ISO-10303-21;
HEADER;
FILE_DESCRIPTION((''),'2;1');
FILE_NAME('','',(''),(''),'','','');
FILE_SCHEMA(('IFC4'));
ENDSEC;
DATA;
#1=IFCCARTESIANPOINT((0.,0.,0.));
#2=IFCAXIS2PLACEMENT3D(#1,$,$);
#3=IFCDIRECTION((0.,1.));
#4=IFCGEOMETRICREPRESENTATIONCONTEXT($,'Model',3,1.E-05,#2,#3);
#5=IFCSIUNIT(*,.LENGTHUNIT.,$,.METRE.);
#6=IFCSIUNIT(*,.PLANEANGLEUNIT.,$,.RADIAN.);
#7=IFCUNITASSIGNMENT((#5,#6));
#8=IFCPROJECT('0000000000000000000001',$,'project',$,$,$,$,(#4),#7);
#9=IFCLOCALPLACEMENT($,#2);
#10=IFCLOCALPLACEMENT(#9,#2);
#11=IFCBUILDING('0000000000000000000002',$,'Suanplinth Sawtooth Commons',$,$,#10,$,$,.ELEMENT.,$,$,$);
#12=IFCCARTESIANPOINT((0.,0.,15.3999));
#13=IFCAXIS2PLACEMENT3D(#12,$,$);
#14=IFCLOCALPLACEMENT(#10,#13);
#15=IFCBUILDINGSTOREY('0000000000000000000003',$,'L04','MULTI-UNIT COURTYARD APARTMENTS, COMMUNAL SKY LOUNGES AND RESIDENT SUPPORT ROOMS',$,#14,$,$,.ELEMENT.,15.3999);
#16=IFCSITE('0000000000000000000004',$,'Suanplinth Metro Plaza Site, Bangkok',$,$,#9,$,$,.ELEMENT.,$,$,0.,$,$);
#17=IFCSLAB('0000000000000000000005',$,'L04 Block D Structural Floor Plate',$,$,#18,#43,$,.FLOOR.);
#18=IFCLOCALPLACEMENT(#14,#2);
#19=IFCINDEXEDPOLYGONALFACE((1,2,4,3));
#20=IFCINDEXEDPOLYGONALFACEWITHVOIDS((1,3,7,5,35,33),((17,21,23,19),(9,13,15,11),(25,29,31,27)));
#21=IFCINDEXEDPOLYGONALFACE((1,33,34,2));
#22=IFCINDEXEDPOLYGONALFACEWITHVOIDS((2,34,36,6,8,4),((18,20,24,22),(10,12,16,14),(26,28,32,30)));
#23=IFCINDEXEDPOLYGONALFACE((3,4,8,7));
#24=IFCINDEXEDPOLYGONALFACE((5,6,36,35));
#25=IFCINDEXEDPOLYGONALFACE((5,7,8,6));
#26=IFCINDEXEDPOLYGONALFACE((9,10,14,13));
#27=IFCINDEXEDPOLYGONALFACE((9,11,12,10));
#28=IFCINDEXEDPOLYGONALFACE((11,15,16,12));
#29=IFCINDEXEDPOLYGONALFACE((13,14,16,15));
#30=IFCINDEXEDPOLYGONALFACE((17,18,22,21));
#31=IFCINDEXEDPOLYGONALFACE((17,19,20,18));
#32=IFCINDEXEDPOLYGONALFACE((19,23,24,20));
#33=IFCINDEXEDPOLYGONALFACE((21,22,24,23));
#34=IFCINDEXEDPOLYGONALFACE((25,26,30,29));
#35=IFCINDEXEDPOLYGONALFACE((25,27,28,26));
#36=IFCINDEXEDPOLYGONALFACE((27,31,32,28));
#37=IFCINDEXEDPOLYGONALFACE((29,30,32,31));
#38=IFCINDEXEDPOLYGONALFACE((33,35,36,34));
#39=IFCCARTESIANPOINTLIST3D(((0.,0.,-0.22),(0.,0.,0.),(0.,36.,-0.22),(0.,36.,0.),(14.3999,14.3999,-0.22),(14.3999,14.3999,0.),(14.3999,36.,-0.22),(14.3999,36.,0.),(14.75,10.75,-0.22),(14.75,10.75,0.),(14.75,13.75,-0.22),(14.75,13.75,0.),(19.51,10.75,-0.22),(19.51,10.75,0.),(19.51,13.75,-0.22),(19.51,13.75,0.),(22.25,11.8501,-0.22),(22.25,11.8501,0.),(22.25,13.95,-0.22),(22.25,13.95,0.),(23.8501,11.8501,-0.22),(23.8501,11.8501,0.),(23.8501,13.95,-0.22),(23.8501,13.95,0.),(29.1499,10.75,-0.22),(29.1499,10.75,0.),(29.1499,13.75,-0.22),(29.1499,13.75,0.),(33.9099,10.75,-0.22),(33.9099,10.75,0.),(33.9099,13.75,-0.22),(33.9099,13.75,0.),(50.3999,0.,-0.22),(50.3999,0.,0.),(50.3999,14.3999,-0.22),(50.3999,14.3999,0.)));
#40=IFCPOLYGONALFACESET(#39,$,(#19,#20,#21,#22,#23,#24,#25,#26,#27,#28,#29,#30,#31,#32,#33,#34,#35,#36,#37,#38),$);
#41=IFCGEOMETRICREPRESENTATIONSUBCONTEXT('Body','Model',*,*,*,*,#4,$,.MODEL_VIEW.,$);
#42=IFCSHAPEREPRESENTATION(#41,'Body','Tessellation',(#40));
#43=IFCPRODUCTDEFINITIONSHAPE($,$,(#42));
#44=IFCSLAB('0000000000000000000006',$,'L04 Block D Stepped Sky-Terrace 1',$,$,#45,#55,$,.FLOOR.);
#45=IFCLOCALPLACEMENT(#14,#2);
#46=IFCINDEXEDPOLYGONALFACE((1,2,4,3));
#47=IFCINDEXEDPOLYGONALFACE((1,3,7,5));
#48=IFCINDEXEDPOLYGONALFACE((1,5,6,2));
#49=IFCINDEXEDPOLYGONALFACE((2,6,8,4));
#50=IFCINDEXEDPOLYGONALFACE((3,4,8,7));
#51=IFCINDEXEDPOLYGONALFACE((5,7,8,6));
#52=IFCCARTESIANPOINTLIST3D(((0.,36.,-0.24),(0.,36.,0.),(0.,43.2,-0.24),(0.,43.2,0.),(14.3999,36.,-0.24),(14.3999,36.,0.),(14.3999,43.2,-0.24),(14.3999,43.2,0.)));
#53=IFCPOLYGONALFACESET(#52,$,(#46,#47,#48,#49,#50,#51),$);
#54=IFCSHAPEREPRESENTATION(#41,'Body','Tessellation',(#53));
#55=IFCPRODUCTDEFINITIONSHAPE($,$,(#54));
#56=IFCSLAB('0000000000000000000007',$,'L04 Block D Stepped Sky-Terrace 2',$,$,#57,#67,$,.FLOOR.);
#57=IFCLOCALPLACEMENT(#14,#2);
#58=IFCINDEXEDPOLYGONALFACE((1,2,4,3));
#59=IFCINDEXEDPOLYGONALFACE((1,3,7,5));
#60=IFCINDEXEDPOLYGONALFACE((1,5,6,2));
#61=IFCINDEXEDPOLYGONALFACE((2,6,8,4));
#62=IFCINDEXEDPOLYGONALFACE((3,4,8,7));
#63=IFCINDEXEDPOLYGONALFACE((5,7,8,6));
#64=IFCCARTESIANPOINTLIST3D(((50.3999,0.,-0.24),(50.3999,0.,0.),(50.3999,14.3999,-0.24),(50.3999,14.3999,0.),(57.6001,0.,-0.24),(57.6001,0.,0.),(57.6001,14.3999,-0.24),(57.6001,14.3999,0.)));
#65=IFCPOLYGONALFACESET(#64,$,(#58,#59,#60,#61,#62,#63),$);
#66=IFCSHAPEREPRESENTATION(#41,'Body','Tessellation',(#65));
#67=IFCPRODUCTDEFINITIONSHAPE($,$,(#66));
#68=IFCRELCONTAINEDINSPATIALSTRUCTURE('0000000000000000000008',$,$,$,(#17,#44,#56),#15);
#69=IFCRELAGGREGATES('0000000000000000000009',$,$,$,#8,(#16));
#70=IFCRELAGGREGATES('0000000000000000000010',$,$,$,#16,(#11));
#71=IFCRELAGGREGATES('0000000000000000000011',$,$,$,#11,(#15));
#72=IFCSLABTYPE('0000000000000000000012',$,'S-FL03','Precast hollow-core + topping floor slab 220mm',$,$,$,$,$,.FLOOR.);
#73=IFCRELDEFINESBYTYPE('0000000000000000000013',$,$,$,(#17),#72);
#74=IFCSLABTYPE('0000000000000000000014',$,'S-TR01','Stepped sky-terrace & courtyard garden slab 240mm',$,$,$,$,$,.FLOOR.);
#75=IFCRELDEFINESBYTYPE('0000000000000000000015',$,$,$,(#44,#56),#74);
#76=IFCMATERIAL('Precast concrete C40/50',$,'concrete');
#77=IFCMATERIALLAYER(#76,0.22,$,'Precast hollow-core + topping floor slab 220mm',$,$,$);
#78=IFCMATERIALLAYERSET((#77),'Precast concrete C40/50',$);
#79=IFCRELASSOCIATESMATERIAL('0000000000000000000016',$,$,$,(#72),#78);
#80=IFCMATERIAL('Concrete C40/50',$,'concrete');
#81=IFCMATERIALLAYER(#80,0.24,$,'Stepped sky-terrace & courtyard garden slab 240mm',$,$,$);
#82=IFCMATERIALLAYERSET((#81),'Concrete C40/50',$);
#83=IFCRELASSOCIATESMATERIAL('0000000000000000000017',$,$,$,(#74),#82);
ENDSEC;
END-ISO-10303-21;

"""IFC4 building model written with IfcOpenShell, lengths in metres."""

from ifc_helpers import new_model, si_unit, direction, frame, origin, place, context, subcontext, project, spatial, polyline, outline, extrude, material, layer, layer_set, type_object, element, save


model = new_model("IFC4")

# Units and contexts
model_context = context("Model", 3, precision=1e-05, world=origin(), true_north=direction((0.0, 1.0)))
body_context = subcontext(model_context, "Body", "Model", "MODEL_VIEW")
ifc_project = project(units=[si_unit("LENGTHUNIT", "METRE"), si_unit("PLANEANGLEUNIT", "RADIAN")], contexts=[model_context])

# Site, building, storey
site_placement = place(None, origin())
site = spatial("IfcSite", under=ifc_project, at=site_placement, Name="Suanplinth Metro Plaza Site, Bangkok", CompositionType="ELEMENT", RefElevation=0.0)
building_placement = place(site_placement, origin())
building = spatial("IfcBuilding", under=site, at=building_placement, Name="Suanplinth Sawtooth Commons", CompositionType="ELEMENT")
storey_placement = place(building_placement, frame((0.0, 0.0, 15.3999)))
storey = spatial("IfcBuildingStorey", under=building, at=storey_placement, Name="L04", Description="MULTI-UNIT COURTYARD APARTMENTS, COMMUNAL SKY LOUNGES AND RESIDENT SUPPORT ROOMS", CompositionType="ELEMENT", Elevation=15.3999)

# Shared definitions
ifc_material_1 = material(Name="Precast concrete C40/50", Category="concrete")

# Slabs
ifc_layer_1 = layer(ifc_material_1, 0.22, Name="Precast hollow-core + topping floor slab 220mm")
ifc_layer_set_1 = layer_set([ifc_layer_1], Name="Precast concrete C40/50")
slab_type_1 = type_object("IfcSlabType", Name="S-FL03", Description="Precast hollow-core + topping floor slab 220mm", PredefinedType="FLOOR", material=ifc_layer_set_1)
slab_1_placement = place(storey_placement, frame((0.0, 0.0, -0.22)))
element("IfcSlab", 1, at=slab_1_placement, inside=storey, type_object=slab_type_1, Name="L04 Block D Structural Floor Plate", PredefinedType="FLOOR", context=body_context, shape_type="SweptSolid", body=[
    extrude(outline(polyline([(0.0, 0.0), (0.0, 36.0), (14.3999, 36.0), (14.3999, 14.3999), (50.3999, 14.3999), (50.3999, 0.0), (0.0, 0.0)]), holes=[polyline([(14.75, 10.75), (19.51, 10.75), (19.51, 13.75), (14.75, 13.75), (14.75, 10.75)]), polyline([(22.25, 11.8501), (23.8501, 11.8501), (23.8501, 13.95), (22.25, 13.95), (22.25, 11.8501)]), polyline([(29.1499, 10.75), (33.9099, 10.75), (33.9099, 13.75), (29.1499, 13.75), (29.1499, 10.75)])]), origin(), (0.0, 0.0, 1.0), 0.22),
])
ifc_material_2 = material(Name="Concrete C40/50", Category="concrete")
ifc_layer_2 = layer(ifc_material_2, 0.24, Name="Stepped sky-terrace & courtyard garden slab 240mm")
ifc_layer_set_2 = layer_set([ifc_layer_2], Name="Concrete C40/50")
slab_type_2 = type_object("IfcSlabType", Name="S-TR01", Description="Stepped sky-terrace & courtyard garden slab 240mm", PredefinedType="FLOOR", material=ifc_layer_set_2)
slab_2_placement = place(storey_placement, frame((0.0, 0.0, -0.24)))
element("IfcSlab", 2, at=slab_2_placement, inside=storey, type_object=slab_type_2, Name="L04 Block D Stepped Sky-Terrace 1", PredefinedType="FLOOR", context=body_context, shape_type="SweptSolid", body=[
    extrude(outline(polyline([(0.0, 43.2), (14.3999, 43.2), (14.3999, 36.0), (0.0, 36.0), (0.0, 43.2)])), origin(), (0.0, 0.0, 1.0), 0.24),
])
slab_3_placement = place(storey_placement, frame((0.0, 0.0, -0.24)))
element("IfcSlab", 3, at=slab_3_placement, inside=storey, type_object=slab_type_2, Name="L04 Block D Stepped Sky-Terrace 2", PredefinedType="FLOOR", context=body_context, shape_type="SweptSolid", body=[
    extrude(outline(polyline([(57.6001, 14.3999), (57.6001, 0.0), (50.3999, 0.0), (50.3999, 14.3999), (57.6001, 14.3999)])), origin(), (0.0, 0.0, 1.0), 0.24),
])

save(model, "model.ifc")
